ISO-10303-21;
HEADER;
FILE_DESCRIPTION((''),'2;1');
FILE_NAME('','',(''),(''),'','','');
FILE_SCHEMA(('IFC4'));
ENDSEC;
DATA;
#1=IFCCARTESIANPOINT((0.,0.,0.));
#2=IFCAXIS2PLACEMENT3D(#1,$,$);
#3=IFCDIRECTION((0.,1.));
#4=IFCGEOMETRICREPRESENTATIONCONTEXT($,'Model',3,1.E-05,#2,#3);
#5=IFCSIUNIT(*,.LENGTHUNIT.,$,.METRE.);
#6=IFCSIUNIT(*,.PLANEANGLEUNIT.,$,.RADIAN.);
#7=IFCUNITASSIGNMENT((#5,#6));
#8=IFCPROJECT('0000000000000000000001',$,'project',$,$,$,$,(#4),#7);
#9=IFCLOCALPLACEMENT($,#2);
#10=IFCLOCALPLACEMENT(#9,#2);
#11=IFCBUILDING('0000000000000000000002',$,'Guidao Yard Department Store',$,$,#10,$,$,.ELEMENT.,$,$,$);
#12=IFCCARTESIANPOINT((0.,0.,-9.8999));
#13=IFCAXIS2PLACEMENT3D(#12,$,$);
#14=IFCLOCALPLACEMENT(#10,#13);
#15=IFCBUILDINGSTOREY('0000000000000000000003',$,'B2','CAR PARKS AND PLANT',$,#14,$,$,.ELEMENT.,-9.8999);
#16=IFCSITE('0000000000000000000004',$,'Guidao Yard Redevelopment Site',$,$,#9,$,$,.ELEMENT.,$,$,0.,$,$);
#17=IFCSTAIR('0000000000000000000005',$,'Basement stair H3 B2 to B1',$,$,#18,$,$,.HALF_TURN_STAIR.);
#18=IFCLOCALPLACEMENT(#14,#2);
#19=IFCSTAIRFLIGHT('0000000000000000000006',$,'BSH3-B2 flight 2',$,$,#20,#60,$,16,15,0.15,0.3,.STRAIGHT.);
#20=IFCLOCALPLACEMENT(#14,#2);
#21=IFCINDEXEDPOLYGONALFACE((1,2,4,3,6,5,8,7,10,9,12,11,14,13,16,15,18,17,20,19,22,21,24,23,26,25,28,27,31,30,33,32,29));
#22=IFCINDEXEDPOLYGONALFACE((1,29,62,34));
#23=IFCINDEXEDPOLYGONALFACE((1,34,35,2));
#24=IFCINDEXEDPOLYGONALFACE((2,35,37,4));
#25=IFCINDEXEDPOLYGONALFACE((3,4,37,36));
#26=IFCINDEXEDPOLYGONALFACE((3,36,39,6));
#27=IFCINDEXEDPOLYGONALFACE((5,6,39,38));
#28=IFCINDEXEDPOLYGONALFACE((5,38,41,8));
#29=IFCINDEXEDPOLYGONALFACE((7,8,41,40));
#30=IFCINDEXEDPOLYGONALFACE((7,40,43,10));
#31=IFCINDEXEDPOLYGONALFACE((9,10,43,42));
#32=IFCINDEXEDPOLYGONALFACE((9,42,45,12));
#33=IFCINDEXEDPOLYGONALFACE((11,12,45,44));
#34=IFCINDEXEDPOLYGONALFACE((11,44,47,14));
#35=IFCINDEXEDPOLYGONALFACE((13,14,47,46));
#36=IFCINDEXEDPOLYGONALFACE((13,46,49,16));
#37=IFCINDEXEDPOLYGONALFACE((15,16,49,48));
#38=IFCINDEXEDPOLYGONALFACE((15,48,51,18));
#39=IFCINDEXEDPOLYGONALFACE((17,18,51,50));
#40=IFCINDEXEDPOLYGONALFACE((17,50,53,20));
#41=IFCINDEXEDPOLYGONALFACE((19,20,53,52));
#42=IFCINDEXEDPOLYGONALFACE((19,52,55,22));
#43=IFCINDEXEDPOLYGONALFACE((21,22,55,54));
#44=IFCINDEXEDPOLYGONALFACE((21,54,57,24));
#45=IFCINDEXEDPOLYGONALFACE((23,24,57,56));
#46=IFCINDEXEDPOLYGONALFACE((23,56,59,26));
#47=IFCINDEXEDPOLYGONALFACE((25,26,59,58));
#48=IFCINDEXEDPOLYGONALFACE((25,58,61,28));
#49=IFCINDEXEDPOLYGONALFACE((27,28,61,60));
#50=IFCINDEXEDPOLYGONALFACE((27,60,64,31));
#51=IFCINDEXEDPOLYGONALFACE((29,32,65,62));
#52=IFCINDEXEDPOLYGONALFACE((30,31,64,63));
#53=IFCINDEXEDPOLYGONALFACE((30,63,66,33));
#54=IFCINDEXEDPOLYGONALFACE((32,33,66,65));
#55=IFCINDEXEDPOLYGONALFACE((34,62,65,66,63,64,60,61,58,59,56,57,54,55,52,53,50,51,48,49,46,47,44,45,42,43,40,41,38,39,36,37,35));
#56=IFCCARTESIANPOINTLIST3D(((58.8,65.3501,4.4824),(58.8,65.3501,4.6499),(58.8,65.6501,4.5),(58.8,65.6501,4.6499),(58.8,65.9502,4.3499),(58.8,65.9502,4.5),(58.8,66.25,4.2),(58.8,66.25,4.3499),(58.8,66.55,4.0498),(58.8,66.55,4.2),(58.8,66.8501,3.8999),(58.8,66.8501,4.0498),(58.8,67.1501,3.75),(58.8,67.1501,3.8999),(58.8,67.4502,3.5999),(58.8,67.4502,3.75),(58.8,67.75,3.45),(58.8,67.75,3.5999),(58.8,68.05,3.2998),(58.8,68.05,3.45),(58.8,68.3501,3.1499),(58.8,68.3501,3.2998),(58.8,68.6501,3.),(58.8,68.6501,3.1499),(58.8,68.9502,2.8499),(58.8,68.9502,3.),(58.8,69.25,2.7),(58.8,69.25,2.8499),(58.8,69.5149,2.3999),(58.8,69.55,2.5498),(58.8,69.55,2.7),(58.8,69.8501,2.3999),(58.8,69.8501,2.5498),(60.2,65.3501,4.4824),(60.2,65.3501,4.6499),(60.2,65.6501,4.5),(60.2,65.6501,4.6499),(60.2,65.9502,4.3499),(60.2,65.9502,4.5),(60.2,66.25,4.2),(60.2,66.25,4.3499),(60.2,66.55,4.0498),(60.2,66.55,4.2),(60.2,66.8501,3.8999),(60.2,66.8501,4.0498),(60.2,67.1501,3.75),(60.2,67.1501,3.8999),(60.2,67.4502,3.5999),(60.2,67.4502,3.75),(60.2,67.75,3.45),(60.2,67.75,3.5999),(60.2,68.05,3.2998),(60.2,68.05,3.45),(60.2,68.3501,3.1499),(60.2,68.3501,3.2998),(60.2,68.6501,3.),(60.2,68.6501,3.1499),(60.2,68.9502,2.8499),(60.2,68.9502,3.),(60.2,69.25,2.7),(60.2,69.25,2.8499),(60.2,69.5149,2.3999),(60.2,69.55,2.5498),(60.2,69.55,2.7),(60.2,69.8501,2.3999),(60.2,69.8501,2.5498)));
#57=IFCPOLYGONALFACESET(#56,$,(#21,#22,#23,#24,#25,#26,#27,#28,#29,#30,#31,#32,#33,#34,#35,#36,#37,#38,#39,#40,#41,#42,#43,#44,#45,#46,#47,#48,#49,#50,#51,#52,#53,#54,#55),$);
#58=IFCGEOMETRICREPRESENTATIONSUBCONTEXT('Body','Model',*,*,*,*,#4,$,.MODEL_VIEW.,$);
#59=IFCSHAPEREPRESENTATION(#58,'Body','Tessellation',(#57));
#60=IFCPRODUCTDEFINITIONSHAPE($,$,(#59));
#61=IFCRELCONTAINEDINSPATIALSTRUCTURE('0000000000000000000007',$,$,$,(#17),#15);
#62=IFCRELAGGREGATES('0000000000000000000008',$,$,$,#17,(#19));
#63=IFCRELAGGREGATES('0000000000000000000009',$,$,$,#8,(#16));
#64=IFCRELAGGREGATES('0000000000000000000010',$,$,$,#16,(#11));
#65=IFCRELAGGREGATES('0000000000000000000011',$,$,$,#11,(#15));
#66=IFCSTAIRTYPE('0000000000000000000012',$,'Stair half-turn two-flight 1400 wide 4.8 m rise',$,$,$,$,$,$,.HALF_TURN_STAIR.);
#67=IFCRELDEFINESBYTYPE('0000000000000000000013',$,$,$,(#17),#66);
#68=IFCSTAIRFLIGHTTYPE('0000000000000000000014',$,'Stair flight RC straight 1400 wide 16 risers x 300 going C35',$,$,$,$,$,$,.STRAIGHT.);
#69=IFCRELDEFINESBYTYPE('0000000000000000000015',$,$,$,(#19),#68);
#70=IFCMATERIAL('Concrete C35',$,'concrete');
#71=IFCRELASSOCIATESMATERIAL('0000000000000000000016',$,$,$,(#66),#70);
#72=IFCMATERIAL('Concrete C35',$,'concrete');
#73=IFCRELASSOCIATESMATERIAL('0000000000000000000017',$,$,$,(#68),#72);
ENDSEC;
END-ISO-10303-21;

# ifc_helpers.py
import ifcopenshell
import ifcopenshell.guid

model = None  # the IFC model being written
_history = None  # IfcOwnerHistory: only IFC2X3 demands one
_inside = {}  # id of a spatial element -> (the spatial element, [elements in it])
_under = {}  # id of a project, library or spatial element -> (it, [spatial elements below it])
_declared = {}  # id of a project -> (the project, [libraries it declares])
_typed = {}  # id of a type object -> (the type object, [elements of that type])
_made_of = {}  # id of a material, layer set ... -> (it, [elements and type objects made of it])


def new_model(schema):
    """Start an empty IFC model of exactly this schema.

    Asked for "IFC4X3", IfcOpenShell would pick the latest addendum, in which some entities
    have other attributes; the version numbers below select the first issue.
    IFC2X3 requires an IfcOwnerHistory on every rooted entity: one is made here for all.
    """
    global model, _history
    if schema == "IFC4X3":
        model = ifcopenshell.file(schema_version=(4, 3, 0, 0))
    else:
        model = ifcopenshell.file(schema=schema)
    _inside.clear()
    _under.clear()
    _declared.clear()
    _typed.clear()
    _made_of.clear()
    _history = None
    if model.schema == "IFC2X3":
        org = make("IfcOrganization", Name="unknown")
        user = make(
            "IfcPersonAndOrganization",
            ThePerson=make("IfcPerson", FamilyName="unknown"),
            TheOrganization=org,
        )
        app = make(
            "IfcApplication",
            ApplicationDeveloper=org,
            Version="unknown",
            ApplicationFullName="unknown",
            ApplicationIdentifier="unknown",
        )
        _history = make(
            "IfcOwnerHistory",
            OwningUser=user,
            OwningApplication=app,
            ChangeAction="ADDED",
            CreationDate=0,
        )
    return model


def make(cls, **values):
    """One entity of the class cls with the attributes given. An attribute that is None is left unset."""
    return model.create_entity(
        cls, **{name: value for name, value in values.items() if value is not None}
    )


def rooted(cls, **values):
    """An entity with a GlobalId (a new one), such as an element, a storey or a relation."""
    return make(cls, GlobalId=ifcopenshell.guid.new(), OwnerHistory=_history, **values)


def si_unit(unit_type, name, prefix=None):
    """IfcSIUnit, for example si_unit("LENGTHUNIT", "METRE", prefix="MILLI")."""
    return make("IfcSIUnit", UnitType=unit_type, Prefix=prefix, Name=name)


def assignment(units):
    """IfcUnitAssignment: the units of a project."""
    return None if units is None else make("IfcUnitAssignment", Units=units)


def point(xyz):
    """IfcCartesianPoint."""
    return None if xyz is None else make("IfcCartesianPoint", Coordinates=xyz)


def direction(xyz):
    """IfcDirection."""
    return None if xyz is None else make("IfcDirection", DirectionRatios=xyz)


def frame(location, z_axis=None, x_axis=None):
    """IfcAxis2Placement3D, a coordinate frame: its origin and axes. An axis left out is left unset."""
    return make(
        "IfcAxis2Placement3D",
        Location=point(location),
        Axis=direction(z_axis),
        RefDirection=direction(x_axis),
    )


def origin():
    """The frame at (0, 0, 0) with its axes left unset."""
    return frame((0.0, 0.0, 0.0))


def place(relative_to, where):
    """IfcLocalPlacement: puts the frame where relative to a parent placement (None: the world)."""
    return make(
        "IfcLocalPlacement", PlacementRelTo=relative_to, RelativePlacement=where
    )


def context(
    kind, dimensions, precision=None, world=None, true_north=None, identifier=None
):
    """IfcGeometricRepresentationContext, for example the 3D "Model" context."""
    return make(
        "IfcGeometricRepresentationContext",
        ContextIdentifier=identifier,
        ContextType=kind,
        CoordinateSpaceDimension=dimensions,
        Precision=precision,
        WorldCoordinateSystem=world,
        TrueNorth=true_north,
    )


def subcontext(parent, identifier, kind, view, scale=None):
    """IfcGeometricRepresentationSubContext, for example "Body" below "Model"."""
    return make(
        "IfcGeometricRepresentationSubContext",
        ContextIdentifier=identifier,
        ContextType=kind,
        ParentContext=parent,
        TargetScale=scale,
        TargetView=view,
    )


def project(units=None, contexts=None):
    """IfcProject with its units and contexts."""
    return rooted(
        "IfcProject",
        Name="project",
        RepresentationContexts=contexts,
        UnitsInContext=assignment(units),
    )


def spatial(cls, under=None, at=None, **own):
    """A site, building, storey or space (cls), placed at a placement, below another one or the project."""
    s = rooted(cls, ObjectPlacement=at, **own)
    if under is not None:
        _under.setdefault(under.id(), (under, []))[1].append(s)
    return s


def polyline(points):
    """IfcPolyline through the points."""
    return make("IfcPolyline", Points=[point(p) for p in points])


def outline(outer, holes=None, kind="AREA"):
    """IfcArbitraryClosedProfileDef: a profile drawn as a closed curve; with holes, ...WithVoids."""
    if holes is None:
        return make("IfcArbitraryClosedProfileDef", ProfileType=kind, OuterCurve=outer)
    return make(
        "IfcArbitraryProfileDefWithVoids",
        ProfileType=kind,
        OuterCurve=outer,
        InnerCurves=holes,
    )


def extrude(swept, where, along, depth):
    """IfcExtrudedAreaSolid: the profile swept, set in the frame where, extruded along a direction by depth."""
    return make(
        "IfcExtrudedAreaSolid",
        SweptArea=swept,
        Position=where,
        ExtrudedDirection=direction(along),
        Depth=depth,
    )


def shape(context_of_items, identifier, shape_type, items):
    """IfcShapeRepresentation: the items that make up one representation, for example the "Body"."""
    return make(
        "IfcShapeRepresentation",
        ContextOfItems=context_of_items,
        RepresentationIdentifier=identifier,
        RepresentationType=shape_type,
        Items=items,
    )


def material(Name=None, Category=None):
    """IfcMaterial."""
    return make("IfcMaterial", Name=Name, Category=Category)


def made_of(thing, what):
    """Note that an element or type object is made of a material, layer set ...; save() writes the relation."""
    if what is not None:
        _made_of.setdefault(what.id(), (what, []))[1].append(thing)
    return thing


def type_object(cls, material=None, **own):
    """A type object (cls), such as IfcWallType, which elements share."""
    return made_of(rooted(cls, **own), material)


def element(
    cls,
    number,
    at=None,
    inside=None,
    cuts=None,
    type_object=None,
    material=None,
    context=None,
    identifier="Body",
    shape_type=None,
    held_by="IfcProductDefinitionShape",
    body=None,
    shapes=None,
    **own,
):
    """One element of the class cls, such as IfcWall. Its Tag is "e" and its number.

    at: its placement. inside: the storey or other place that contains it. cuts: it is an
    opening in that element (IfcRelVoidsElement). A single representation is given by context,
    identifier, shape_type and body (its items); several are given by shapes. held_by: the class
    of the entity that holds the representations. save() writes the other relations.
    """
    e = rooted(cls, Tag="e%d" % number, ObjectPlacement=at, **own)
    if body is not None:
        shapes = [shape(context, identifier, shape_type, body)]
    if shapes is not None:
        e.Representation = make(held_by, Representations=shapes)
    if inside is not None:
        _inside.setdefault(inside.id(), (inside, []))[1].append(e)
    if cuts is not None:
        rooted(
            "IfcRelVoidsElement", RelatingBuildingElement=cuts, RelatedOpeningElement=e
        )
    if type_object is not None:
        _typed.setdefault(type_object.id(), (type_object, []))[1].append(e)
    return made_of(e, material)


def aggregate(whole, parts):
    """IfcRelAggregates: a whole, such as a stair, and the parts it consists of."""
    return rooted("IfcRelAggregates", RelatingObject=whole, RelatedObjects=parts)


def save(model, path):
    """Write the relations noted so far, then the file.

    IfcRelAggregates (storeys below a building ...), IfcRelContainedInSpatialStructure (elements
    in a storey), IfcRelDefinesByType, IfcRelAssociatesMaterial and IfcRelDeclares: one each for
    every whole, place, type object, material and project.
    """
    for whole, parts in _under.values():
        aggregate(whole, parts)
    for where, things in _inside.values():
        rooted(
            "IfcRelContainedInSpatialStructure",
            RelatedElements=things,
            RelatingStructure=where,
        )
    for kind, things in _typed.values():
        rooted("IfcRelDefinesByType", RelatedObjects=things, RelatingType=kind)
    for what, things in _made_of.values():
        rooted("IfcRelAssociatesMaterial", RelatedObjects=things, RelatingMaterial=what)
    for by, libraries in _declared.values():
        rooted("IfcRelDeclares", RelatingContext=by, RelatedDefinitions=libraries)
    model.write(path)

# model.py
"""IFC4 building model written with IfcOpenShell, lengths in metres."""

from ifc_helpers import new_model, si_unit, direction, frame, origin, place, context, subcontext, project, spatial, polyline, outline, extrude, material, type_object, element, aggregate, save


model = new_model("IFC4")

# Units and contexts
model_context = context("Model", 3, precision=1e-05, world=origin(), true_north=direction((0.0, 1.0)))
body_context = subcontext(model_context, "Body", "Model", "MODEL_VIEW")
ifc_project = project(units=[si_unit("LENGTHUNIT", "METRE"), si_unit("PLANEANGLEUNIT", "RADIAN")], contexts=[model_context])

# Site, building, storey
site_placement = place(None, origin())
site = spatial("IfcSite", under=ifc_project, at=site_placement, Name="Guidao Yard Redevelopment Site", CompositionType="ELEMENT", RefElevation=0.0)
building_placement = place(site_placement, origin())
building = spatial("IfcBuilding", under=site, at=building_placement, Name="Guidao Yard Department Store", CompositionType="ELEMENT")
storey_placement = place(building_placement, frame((0.0, 0.0, -9.8999)))
storey = spatial("IfcBuildingStorey", under=building, at=storey_placement, Name="B2", Description="CAR PARKS AND PLANT", CompositionType="ELEMENT", Elevation=-9.8999)

# Stair, stair flight
ifc_material_1 = material(Name="Concrete C35", Category="concrete")
stair_type = type_object("IfcStairType", Name="Stair half-turn two-flight 1400 wide 4.8 m rise", PredefinedType="HALF_TURN_STAIR", material=ifc_material_1)
stair_placement = place(storey_placement, origin())
stair = element("IfcStair", 1, at=stair_placement, inside=storey, type_object=stair_type, Name="Basement stair H3 B2 to B1", PredefinedType="HALF_TURN_STAIR")
ifc_material_2 = material(Name="Concrete C35", Category="concrete")
stair_flight_type = type_object("IfcStairFlightType", Name="Stair flight RC straight 1400 wide 16 risers x 300 going C35", PredefinedType="STRAIGHT", material=ifc_material_2)
stair_flight_1_placement = place(storey_placement, frame((59.5, 69.8501, 2.3999), z_axis=(0.0, 0.0, 1.0), x_axis=(0.0, -1.0, 0.0)))
stair_flight_1 = element("IfcStairFlight", 2, at=stair_flight_1_placement, type_object=stair_flight_type, Name="BSH3-B2 flight 2", NumberOfRisers=16, NumberOfTreads=15, PredefinedType="STRAIGHT", RiserHeight=0.15, TreadLength=0.3, context=body_context, shape_type="SweptSolid", body=[
    extrude(outline(polyline([(0.0, 0.0), (0.0, 0.1499), (0.3, 0.1499), (0.3, 0.3), (0.6001, 0.3), (0.6001, 0.45), (0.8999, 0.45), (0.8999, 0.6001), (1.2, 0.6001), (1.2, 0.75), (1.5, 0.75), (1.5, 0.8999), (1.8, 0.8999), (1.8, 1.05), (2.1001, 1.05), (2.1001, 1.2), (2.3999, 1.2), (2.3999, 1.3501), (2.7, 1.3501), (2.7, 1.5), (3.0, 1.5), (3.0, 1.6499), (3.3, 1.6499), (3.3, 1.8), (3.6001, 1.8), (3.6001, 1.95), (3.8999, 1.95), (3.8999, 2.1001), (4.2, 2.1001), (4.2, 2.25), (4.5, 2.25), (4.5, 2.3999), (4.5, 2.0825), (0.3352, 0.0), (0.0, 0.0)])), frame((0.0, 0.7, 0.0), z_axis=(0.0, -1.0, 0.0), x_axis=(1.0, 0.0, 0.0)), (0.0, 0.0, 1.0), 1.3999),
])
aggregate(stair, [stair_flight_1])

save(model, "model.ifc")
